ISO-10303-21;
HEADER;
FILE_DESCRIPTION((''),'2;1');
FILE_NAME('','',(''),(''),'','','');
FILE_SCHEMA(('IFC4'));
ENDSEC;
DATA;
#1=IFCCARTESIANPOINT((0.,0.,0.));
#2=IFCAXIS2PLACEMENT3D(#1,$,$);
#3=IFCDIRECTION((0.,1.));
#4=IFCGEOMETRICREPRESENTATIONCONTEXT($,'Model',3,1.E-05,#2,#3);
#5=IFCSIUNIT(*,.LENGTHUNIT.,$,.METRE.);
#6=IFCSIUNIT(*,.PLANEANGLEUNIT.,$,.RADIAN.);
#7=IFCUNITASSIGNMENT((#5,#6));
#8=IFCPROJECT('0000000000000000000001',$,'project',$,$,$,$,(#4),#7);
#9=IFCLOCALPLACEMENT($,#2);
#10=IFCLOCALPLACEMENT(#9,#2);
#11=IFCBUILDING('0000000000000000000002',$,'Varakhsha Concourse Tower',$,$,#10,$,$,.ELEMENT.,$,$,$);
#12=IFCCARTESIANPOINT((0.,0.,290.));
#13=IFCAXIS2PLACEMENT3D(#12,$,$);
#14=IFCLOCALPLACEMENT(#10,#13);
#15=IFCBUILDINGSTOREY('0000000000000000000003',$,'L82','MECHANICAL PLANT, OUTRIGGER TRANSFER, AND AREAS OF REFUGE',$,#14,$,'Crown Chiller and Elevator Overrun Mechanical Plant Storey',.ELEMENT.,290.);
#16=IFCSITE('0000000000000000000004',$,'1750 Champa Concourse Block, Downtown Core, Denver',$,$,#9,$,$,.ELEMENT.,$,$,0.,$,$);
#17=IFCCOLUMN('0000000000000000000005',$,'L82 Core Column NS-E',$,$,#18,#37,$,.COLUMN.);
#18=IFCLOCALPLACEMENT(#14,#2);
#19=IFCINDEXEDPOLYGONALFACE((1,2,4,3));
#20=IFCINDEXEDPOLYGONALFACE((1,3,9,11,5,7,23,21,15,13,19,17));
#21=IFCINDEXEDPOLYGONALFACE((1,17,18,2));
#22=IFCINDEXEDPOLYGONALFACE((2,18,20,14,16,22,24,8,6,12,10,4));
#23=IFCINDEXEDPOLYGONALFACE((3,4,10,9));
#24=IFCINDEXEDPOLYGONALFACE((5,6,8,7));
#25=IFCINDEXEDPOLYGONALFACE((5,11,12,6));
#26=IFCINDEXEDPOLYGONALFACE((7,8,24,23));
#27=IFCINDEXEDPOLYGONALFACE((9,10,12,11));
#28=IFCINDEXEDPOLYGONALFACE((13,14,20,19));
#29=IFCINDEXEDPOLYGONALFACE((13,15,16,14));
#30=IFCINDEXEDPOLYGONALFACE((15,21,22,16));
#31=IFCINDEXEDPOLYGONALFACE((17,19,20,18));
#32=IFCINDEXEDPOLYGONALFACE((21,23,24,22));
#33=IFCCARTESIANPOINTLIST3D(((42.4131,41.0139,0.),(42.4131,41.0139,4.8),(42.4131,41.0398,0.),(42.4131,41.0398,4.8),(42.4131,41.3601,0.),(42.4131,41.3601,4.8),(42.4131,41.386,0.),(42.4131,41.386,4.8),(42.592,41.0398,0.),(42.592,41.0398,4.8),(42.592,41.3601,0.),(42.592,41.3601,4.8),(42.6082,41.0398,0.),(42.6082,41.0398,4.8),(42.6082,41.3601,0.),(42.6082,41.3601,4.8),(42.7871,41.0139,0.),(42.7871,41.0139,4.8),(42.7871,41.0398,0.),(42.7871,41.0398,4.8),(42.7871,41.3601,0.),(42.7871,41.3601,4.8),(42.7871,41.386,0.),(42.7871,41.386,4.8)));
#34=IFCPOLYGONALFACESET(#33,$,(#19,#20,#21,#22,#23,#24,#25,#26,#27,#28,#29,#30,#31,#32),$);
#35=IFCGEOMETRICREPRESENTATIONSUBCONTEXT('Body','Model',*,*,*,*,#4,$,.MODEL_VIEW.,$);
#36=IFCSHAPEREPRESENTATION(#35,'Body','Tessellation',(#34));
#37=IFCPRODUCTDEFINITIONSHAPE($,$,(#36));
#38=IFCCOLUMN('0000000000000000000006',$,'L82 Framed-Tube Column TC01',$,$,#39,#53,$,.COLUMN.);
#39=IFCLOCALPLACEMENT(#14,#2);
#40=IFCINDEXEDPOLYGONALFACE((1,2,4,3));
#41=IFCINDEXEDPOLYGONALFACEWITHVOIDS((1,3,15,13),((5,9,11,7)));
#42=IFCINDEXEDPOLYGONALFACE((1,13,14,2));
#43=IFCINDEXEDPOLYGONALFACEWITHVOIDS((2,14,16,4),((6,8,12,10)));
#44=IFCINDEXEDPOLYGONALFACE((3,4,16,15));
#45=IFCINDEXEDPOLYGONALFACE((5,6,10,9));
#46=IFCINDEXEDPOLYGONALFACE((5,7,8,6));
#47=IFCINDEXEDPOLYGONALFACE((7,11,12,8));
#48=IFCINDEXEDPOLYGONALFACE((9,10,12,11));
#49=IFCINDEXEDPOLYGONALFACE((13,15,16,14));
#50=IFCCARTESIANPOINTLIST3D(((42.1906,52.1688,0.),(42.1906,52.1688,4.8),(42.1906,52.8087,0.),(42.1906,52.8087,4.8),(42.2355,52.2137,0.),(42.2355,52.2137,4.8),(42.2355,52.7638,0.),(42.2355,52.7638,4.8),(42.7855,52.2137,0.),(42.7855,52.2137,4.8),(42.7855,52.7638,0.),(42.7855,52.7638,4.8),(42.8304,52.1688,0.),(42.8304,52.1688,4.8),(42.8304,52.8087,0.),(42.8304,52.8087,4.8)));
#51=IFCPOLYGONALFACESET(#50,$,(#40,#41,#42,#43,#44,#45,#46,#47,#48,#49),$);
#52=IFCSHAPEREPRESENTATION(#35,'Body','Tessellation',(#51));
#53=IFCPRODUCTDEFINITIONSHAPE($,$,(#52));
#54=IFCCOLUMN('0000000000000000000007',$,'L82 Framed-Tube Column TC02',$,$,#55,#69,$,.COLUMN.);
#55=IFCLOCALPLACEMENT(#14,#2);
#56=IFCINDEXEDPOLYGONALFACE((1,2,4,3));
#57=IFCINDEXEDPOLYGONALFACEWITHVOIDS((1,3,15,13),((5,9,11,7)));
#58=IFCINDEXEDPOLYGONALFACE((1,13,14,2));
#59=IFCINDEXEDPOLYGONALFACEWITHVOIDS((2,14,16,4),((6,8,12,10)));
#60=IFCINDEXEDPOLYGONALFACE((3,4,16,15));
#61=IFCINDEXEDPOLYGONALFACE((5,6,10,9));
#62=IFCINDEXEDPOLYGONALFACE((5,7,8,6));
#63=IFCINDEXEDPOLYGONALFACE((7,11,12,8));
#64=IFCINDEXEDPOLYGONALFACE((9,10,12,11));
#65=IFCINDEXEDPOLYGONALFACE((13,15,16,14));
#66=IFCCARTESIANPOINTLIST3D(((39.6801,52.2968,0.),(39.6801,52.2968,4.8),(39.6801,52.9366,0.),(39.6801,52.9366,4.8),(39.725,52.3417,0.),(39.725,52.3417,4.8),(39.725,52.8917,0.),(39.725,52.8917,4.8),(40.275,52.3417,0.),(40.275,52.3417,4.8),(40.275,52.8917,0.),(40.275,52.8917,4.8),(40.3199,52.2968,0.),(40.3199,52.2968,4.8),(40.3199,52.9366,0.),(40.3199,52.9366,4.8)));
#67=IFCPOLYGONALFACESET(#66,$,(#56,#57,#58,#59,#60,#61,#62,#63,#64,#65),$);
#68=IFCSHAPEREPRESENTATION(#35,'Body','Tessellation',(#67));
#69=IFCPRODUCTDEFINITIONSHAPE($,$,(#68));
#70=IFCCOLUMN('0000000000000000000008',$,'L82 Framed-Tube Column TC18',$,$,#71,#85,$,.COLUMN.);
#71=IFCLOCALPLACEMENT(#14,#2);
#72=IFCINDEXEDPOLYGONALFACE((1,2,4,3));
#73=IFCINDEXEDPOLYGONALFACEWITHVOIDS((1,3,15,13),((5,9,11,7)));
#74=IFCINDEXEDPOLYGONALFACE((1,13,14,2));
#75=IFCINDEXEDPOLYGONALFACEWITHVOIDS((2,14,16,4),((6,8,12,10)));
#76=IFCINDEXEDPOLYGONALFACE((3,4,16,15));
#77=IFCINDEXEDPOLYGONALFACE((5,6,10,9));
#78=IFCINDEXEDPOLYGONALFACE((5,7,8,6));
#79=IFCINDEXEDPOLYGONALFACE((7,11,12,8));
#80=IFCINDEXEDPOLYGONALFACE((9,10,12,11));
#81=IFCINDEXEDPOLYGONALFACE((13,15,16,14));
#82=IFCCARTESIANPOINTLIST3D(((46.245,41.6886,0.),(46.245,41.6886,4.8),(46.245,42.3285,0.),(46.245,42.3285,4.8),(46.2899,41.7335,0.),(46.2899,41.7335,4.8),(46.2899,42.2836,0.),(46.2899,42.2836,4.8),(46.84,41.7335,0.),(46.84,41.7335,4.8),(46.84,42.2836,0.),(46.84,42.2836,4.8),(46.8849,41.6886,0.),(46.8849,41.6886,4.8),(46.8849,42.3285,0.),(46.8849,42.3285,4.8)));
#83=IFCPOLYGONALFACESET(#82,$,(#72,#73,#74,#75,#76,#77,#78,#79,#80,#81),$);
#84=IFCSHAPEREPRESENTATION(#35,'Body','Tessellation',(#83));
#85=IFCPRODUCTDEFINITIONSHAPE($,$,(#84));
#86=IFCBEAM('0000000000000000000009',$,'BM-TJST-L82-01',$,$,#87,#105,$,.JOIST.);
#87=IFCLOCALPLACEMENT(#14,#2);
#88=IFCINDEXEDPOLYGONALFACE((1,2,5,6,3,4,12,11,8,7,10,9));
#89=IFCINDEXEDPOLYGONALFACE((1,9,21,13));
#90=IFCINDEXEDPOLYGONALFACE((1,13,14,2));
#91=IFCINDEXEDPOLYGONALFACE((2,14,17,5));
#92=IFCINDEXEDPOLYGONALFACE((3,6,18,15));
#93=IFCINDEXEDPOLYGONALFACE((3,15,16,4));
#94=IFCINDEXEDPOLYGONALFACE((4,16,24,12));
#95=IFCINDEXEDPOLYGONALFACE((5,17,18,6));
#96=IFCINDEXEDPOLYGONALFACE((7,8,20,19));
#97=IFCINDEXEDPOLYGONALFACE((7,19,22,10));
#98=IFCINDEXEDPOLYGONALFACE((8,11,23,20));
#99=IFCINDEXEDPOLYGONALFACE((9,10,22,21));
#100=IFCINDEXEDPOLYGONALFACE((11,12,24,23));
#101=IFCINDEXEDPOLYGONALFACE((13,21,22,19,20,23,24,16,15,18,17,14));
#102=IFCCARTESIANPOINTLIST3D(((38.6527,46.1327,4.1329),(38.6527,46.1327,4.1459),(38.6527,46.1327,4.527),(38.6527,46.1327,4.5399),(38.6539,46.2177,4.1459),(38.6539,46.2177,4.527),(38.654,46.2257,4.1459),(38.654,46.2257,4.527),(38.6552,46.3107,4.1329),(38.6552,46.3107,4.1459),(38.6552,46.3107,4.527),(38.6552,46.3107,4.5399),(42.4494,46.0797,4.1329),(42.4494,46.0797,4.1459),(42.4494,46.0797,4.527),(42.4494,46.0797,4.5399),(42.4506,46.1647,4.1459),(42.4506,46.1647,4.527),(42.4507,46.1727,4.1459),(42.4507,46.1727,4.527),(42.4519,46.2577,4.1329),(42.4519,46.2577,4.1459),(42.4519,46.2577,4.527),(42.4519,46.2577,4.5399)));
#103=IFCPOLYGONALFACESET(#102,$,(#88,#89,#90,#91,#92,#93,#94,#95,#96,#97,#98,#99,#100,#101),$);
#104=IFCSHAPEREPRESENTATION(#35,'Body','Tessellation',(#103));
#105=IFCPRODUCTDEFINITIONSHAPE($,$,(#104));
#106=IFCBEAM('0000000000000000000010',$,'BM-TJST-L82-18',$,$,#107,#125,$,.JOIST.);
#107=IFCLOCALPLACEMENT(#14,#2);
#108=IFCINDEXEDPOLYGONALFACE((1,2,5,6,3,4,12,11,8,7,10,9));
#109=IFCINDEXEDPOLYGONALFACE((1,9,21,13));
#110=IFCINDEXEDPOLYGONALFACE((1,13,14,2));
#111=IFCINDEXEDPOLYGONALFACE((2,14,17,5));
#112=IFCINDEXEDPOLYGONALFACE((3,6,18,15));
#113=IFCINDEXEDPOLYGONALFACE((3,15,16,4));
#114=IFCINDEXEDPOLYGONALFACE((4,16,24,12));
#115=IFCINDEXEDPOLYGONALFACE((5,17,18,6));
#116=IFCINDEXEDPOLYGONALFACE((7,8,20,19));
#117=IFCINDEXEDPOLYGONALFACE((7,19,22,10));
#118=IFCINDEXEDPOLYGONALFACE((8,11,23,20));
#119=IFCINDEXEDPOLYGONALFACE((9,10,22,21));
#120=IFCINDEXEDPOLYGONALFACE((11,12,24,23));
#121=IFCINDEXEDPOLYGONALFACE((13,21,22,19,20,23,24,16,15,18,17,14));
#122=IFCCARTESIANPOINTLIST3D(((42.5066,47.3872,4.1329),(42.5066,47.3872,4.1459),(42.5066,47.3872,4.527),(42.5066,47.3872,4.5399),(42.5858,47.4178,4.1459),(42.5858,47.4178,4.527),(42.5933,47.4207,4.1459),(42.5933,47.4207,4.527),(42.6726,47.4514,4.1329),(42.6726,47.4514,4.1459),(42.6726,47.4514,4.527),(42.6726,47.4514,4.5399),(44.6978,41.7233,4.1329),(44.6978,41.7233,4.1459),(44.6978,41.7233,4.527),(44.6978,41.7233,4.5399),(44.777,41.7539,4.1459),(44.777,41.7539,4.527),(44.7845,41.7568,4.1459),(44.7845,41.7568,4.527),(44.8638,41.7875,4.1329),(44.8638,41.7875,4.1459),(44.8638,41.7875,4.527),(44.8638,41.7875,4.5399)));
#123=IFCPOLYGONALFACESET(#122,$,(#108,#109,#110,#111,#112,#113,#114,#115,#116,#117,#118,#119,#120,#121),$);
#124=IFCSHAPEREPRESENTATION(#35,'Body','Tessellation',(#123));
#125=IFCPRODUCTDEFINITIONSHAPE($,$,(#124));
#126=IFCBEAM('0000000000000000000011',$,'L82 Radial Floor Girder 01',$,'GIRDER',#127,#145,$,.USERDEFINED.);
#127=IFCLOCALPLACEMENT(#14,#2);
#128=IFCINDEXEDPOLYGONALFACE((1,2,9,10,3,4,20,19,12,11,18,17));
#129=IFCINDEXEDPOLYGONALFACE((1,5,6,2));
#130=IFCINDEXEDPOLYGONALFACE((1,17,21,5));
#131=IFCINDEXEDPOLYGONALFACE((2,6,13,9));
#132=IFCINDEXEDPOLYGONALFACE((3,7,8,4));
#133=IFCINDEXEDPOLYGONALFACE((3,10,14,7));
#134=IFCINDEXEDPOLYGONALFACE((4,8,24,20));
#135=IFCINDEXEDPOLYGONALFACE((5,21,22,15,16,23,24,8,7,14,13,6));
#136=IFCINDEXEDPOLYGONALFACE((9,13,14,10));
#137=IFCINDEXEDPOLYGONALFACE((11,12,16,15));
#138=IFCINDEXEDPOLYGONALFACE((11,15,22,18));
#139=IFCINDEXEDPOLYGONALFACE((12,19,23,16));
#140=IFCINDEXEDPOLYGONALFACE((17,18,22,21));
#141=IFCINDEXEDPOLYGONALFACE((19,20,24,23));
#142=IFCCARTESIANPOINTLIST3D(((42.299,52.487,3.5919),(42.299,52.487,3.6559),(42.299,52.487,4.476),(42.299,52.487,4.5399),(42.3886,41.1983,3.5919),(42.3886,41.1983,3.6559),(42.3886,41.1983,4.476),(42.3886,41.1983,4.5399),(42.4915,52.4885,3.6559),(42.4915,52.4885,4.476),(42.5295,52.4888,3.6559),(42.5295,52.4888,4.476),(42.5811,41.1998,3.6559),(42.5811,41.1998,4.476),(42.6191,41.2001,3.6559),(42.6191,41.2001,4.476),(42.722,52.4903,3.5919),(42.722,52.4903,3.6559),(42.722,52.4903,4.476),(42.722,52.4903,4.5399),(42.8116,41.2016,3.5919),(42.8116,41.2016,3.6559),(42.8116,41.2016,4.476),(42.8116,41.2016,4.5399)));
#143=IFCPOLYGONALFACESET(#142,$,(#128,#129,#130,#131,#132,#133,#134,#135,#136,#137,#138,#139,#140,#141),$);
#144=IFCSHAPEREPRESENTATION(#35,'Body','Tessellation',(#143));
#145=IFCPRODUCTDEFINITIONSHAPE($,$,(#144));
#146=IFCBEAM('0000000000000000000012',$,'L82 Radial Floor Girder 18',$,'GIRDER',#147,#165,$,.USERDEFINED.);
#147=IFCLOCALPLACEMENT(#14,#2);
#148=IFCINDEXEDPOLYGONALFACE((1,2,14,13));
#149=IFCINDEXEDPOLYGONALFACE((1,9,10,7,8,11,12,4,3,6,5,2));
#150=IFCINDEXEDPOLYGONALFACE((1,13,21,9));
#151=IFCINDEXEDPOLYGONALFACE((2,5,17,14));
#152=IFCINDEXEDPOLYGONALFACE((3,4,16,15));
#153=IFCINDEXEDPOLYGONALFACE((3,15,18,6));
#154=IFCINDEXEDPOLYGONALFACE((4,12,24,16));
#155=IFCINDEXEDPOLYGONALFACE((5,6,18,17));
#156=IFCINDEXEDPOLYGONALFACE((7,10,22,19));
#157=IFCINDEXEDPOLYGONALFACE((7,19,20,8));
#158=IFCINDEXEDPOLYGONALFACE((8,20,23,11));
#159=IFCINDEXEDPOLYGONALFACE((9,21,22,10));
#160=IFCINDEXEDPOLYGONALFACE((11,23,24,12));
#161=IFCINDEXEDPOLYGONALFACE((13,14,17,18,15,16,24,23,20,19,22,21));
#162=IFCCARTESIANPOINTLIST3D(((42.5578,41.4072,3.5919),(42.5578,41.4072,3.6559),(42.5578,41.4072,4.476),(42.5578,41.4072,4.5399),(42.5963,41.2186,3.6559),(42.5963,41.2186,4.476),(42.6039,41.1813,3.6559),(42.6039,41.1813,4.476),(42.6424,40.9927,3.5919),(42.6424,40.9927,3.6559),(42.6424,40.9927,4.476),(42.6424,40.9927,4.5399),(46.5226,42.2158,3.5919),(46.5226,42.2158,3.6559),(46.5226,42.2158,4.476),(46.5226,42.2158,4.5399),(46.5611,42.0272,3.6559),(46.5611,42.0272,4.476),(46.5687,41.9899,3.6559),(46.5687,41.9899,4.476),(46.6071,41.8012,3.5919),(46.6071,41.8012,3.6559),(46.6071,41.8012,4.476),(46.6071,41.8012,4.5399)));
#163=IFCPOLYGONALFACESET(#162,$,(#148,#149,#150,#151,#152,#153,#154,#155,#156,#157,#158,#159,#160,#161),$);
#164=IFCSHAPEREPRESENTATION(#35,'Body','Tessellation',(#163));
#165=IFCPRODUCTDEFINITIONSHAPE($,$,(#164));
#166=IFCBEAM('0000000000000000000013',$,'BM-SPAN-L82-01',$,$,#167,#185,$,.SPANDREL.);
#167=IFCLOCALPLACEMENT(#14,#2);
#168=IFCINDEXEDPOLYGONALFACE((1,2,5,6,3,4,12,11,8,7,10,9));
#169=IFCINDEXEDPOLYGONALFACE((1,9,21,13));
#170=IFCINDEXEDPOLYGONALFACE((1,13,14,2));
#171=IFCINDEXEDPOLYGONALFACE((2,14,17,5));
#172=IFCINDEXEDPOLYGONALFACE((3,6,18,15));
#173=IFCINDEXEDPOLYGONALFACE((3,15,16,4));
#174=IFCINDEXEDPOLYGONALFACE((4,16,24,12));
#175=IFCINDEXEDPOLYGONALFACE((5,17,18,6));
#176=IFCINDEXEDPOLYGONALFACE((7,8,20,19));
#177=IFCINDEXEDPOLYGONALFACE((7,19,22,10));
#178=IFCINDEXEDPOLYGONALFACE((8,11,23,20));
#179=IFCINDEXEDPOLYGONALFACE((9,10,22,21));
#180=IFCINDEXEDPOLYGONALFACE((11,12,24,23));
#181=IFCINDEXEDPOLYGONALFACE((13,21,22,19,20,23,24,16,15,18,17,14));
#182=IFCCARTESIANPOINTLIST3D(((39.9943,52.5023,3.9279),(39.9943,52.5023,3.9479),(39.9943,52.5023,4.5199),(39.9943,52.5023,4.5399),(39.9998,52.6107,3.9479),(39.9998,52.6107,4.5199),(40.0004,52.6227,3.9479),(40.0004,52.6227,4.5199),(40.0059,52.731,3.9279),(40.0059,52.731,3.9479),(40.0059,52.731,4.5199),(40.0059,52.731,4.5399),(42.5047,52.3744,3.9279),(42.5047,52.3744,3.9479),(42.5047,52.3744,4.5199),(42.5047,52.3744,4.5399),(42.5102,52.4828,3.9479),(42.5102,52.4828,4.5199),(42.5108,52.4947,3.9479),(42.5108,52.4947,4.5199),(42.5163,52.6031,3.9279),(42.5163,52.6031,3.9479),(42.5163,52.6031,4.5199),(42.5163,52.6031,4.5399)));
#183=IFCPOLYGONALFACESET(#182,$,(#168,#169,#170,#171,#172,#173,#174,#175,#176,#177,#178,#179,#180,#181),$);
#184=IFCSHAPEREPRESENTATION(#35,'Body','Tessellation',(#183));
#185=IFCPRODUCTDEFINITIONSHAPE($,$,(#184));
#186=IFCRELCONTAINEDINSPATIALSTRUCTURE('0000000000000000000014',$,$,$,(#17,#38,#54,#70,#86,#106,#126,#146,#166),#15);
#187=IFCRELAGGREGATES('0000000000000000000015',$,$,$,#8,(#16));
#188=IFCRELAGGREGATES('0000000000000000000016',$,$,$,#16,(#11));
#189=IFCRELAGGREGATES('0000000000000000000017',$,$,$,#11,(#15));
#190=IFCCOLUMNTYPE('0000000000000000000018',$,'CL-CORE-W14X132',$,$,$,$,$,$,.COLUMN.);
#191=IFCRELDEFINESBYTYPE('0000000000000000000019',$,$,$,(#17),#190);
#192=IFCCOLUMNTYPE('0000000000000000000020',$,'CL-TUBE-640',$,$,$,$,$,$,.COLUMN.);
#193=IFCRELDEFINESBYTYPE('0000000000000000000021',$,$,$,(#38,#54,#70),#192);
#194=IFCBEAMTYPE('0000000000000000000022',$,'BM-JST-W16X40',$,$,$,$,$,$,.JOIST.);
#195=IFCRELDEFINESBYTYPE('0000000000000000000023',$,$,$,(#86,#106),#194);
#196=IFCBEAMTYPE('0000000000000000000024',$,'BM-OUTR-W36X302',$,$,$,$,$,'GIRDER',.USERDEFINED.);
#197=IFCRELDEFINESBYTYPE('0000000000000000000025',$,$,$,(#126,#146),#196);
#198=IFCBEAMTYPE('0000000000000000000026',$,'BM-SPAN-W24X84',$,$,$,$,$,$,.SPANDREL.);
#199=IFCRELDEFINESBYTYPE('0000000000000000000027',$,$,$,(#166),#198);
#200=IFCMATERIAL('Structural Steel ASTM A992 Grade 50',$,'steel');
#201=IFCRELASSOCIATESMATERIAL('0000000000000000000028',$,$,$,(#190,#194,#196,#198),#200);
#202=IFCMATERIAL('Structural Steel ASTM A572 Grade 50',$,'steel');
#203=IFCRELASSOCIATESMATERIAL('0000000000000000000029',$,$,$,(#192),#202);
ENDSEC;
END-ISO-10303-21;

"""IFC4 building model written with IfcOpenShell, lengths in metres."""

from ifc_helpers import new_model, si_unit, direction, frame, origin, origin_2d, place, context, subcontext, project, spatial, hollow_rectangle, i_section, extrude, material, material_profile, profile_set, type_object, element, save


model = new_model("IFC4")

# Units and contexts
model_context = context("Model", 3, precision=1e-05, world=origin(), true_north=direction((0.0, 1.0)))
body_context = subcontext(model_context, "Body", "Model", "MODEL_VIEW")
ifc_project = project(units=[si_unit("LENGTHUNIT", "METRE"), si_unit("PLANEANGLEUNIT", "RADIAN")], contexts=[model_context])

# Site, building, storey
site_placement = place(None, origin())
site = spatial("IfcSite", under=ifc_project, at=site_placement, Name="1750 Champa Concourse Block, Downtown Core, Denver", CompositionType="ELEMENT", RefElevation=0.0)
building_placement = place(site_placement, origin())
building = spatial("IfcBuilding", under=site, at=building_placement, Name="Varakhsha Concourse Tower", CompositionType="ELEMENT")
storey_placement = place(building_placement, frame((0.0, 0.0, 290.0)))
storey = spatial("IfcBuildingStorey", under=building, at=storey_placement, Name="L82", Description="MECHANICAL PLANT, OUTRIGGER TRANSFER, AND AREAS OF REFUGE", LongName="Crown Chiller and Elevator Overrun Mechanical Plant Storey", CompositionType="ELEMENT", Elevation=290.0)

# Columns
ifc_material_1 = material(Name="Structural Steel ASTM A992 Grade 50", Category="steel")
ifc_material_profile_1 = material_profile(ifc_material_1, i_section(OverallWidth=0.374, OverallDepth=0.3721, WebThickness=0.0161, FlangeThickness=0.0259, at=origin_2d()), Name="W14X132")
ifc_profile_set_1 = profile_set([ifc_material_profile_1], Name="Structural Steel ASTM A992 Grade 50")
column_type_1 = type_object("IfcColumnType", Name="CL-CORE-W14X132", PredefinedType="COLUMN", material=ifc_profile_set_1)
column_placement = place(storey_placement, frame((42.6001, 41.2, 0.0), z_axis=(0.0, 0.0, 1.0), x_axis=(1.0, 0.0, 0.0)))
element("IfcColumn", 1, at=column_placement, inside=storey, type_object=column_type_1, Name="L82 Core Column NS-E", PredefinedType="COLUMN", context=body_context, shape_type="SweptSolid", body=[
    extrude(i_section(OverallWidth=0.374, OverallDepth=0.3721, WebThickness=0.0161, FlangeThickness=0.0259, at=origin_2d()), origin(), (0.0, 0.0, 1.0), 4.8),
])
ifc_material_2 = material(Name="Structural Steel ASTM A572 Grade 50", Category="steel")
ifc_material_profile_2 = material_profile(ifc_material_2, hollow_rectangle(XDim=0.6399, YDim=0.6399, WallThickness=0.0449, at=origin_2d()), Name="BOX 640x640x45")
ifc_profile_set_2 = profile_set([ifc_material_profile_2], Name="Structural Steel ASTM A572 Grade 50")
column_type_2 = type_object("IfcColumnType", Name="CL-TUBE-640", PredefinedType="COLUMN", material=ifc_profile_set_2)
for number, where, z_axis, x_axis, name in (
    (2, (42.5105, 52.4888, 0.0), (0.0, 0.0, 1.0), (1.0, 0.0, 0.0), "L82 Framed-Tube Column TC01"),
    (3, (40.0, 52.6167, 0.0), (0.0, 0.0, 1.0), (1.0, 0.0, 0.0), "L82 Framed-Tube Column TC02"),
    (4, (46.5649, 42.0085, 0.0), (0.0, 0.0, 1.0), (1.0, 0.0, 0.0), "L82 Framed-Tube Column TC18"),
):
    element("IfcColumn", number, at=place(storey_placement, frame(where, z_axis=z_axis, x_axis=x_axis)), inside=storey, type_object=column_type_2, Name=name, PredefinedType="COLUMN", context=body_context, shape_type="SweptSolid", body=[
        extrude(hollow_rectangle(XDim=0.6399, YDim=0.6399, WallThickness=0.0449, at=origin_2d()), origin(), (0.0, 0.0, 1.0), 4.8),
    ])

# Beams
ifc_material_profile_3 = material_profile(ifc_material_1, i_section(OverallWidth=0.178, OverallDepth=0.407, WebThickness=0.0081, FlangeThickness=0.0129, at=origin_2d()), Name="W16X40")
ifc_profile_set_3 = profile_set([ifc_material_profile_3], Name="Structural Steel ASTM A992 Grade 50")
beam_type_1 = type_object("IfcBeamType", Name="BM-JST-W16X40", PredefinedType="JOIST", material=ifc_profile_set_3)
beam_1_placement = place(storey_placement, frame((42.4507, 46.1687, 4.3364), z_axis=(-0.999903, 0.013953, 0.0), x_axis=(-0.013953, -0.999903, 0.0)))
element("IfcBeam", 5, at=beam_1_placement, inside=storey, type_object=beam_type_1, Name="BM-TJST-L82-01", PredefinedType="JOIST", context=body_context, shape_type="SweptSolid", body=[
    extrude(i_section(OverallWidth=0.178, OverallDepth=0.407, WebThickness=0.0081, FlangeThickness=0.0129, at=origin_2d()), origin(), (0.0, 0.0, 1.0), 3.7971),
])
beam_2_placement = place(storey_placement, frame((44.7808, 41.7554, 4.3364), z_axis=(-0.36081, 0.932639, 0.0), x_axis=(-0.932639, -0.36081, 0.0)))
element("IfcBeam", 6, at=beam_2_placement, inside=storey, type_object=beam_type_1, Name="BM-TJST-L82-18", PredefinedType="JOIST", context=body_context, shape_type="SweptSolid", body=[
    extrude(i_section(OverallWidth=0.178, OverallDepth=0.407, WebThickness=0.0081, FlangeThickness=0.0129, at=origin_2d()), origin(), (0.0, 0.0, 1.0), 6.073),
])
ifc_material_profile_4 = material_profile(ifc_material_1, i_section(OverallWidth=0.4231, OverallDepth=0.948, WebThickness=0.0381, FlangeThickness=0.064, at=origin_2d()), Name="W36X302")
ifc_profile_set_4 = profile_set([ifc_material_profile_4], Name="Structural Steel ASTM A992 Grade 50")
beam_type_2 = type_object("IfcBeamType", Name="BM-OUTR-W36X302", ElementType="GIRDER", PredefinedType="USERDEFINED", material=ifc_profile_set_4)
beam_3_placement = place(storey_placement, frame((42.6001, 41.2, 4.0659), z_axis=(-0.007937, 0.999969, 0.0), x_axis=(-0.999969, -0.007937, 0.0)))
element("IfcBeam", 7, at=beam_3_placement, inside=storey, type_object=beam_type_2, Name="L82 Radial Floor Girder 01", ObjectType="GIRDER", PredefinedType="USERDEFINED", context=body_context, shape_type="SweptSolid", body=[
    extrude(i_section(OverallWidth=0.4231, OverallDepth=0.948, WebThickness=0.0381, FlangeThickness=0.064, at=origin_2d()), origin(), (0.0, 0.0, 1.0), 11.2891),
])
beam_4_placement = place(storey_placement, frame((42.6001, 41.2, 4.0659), z_axis=(0.979831, 0.199828, 0.0), x_axis=(-0.199828, 0.979831, 0.0)))
element("IfcBeam", 8, at=beam_4_placement, inside=storey, type_object=beam_type_2, Name="L82 Radial Floor Girder 18", ObjectType="GIRDER", PredefinedType="USERDEFINED", context=body_context, shape_type="SweptSolid", body=[
    extrude(i_section(OverallWidth=0.4231, OverallDepth=0.948, WebThickness=0.0381, FlangeThickness=0.064, at=origin_2d()), origin(), (0.0, 0.0, 1.0), 4.0464),
])
ifc_material_profile_5 = material_profile(ifc_material_1, i_section(OverallWidth=0.229, OverallDepth=0.6121, WebThickness=0.012, FlangeThickness=0.02, at=origin_2d()), Name="W24X84")
ifc_profile_set_5 = profile_set([ifc_material_profile_5], Name="Structural Steel ASTM A992 Grade 50")
beam_type_3 = type_object("IfcBeamType", Name="BM-SPAN-W24X84", PredefinedType="SPANDREL", material=ifc_profile_set_5)
for number, where, z_axis, x_axis, name in (
    (9, (42.5105, 52.4888, 4.2339), (-0.998704, 0.050892, 0.0), (-0.050892, -0.998704, 0.0), "BM-SPAN-L82-01"),
):
    element("IfcBeam", number, at=place(storey_placement, frame(where, z_axis=z_axis, x_axis=x_axis)), inside=storey, type_object=beam_type_3, Name=name, PredefinedType="SPANDREL", context=body_context, shape_type="SweptSolid", body=[
        extrude(i_section(OverallWidth=0.229, OverallDepth=0.6121, WebThickness=0.012, FlangeThickness=0.02, at=origin_2d()), origin(), (0.0, 0.0, 1.0), 2.5137),
    ])

save(model, "model.ifc")
